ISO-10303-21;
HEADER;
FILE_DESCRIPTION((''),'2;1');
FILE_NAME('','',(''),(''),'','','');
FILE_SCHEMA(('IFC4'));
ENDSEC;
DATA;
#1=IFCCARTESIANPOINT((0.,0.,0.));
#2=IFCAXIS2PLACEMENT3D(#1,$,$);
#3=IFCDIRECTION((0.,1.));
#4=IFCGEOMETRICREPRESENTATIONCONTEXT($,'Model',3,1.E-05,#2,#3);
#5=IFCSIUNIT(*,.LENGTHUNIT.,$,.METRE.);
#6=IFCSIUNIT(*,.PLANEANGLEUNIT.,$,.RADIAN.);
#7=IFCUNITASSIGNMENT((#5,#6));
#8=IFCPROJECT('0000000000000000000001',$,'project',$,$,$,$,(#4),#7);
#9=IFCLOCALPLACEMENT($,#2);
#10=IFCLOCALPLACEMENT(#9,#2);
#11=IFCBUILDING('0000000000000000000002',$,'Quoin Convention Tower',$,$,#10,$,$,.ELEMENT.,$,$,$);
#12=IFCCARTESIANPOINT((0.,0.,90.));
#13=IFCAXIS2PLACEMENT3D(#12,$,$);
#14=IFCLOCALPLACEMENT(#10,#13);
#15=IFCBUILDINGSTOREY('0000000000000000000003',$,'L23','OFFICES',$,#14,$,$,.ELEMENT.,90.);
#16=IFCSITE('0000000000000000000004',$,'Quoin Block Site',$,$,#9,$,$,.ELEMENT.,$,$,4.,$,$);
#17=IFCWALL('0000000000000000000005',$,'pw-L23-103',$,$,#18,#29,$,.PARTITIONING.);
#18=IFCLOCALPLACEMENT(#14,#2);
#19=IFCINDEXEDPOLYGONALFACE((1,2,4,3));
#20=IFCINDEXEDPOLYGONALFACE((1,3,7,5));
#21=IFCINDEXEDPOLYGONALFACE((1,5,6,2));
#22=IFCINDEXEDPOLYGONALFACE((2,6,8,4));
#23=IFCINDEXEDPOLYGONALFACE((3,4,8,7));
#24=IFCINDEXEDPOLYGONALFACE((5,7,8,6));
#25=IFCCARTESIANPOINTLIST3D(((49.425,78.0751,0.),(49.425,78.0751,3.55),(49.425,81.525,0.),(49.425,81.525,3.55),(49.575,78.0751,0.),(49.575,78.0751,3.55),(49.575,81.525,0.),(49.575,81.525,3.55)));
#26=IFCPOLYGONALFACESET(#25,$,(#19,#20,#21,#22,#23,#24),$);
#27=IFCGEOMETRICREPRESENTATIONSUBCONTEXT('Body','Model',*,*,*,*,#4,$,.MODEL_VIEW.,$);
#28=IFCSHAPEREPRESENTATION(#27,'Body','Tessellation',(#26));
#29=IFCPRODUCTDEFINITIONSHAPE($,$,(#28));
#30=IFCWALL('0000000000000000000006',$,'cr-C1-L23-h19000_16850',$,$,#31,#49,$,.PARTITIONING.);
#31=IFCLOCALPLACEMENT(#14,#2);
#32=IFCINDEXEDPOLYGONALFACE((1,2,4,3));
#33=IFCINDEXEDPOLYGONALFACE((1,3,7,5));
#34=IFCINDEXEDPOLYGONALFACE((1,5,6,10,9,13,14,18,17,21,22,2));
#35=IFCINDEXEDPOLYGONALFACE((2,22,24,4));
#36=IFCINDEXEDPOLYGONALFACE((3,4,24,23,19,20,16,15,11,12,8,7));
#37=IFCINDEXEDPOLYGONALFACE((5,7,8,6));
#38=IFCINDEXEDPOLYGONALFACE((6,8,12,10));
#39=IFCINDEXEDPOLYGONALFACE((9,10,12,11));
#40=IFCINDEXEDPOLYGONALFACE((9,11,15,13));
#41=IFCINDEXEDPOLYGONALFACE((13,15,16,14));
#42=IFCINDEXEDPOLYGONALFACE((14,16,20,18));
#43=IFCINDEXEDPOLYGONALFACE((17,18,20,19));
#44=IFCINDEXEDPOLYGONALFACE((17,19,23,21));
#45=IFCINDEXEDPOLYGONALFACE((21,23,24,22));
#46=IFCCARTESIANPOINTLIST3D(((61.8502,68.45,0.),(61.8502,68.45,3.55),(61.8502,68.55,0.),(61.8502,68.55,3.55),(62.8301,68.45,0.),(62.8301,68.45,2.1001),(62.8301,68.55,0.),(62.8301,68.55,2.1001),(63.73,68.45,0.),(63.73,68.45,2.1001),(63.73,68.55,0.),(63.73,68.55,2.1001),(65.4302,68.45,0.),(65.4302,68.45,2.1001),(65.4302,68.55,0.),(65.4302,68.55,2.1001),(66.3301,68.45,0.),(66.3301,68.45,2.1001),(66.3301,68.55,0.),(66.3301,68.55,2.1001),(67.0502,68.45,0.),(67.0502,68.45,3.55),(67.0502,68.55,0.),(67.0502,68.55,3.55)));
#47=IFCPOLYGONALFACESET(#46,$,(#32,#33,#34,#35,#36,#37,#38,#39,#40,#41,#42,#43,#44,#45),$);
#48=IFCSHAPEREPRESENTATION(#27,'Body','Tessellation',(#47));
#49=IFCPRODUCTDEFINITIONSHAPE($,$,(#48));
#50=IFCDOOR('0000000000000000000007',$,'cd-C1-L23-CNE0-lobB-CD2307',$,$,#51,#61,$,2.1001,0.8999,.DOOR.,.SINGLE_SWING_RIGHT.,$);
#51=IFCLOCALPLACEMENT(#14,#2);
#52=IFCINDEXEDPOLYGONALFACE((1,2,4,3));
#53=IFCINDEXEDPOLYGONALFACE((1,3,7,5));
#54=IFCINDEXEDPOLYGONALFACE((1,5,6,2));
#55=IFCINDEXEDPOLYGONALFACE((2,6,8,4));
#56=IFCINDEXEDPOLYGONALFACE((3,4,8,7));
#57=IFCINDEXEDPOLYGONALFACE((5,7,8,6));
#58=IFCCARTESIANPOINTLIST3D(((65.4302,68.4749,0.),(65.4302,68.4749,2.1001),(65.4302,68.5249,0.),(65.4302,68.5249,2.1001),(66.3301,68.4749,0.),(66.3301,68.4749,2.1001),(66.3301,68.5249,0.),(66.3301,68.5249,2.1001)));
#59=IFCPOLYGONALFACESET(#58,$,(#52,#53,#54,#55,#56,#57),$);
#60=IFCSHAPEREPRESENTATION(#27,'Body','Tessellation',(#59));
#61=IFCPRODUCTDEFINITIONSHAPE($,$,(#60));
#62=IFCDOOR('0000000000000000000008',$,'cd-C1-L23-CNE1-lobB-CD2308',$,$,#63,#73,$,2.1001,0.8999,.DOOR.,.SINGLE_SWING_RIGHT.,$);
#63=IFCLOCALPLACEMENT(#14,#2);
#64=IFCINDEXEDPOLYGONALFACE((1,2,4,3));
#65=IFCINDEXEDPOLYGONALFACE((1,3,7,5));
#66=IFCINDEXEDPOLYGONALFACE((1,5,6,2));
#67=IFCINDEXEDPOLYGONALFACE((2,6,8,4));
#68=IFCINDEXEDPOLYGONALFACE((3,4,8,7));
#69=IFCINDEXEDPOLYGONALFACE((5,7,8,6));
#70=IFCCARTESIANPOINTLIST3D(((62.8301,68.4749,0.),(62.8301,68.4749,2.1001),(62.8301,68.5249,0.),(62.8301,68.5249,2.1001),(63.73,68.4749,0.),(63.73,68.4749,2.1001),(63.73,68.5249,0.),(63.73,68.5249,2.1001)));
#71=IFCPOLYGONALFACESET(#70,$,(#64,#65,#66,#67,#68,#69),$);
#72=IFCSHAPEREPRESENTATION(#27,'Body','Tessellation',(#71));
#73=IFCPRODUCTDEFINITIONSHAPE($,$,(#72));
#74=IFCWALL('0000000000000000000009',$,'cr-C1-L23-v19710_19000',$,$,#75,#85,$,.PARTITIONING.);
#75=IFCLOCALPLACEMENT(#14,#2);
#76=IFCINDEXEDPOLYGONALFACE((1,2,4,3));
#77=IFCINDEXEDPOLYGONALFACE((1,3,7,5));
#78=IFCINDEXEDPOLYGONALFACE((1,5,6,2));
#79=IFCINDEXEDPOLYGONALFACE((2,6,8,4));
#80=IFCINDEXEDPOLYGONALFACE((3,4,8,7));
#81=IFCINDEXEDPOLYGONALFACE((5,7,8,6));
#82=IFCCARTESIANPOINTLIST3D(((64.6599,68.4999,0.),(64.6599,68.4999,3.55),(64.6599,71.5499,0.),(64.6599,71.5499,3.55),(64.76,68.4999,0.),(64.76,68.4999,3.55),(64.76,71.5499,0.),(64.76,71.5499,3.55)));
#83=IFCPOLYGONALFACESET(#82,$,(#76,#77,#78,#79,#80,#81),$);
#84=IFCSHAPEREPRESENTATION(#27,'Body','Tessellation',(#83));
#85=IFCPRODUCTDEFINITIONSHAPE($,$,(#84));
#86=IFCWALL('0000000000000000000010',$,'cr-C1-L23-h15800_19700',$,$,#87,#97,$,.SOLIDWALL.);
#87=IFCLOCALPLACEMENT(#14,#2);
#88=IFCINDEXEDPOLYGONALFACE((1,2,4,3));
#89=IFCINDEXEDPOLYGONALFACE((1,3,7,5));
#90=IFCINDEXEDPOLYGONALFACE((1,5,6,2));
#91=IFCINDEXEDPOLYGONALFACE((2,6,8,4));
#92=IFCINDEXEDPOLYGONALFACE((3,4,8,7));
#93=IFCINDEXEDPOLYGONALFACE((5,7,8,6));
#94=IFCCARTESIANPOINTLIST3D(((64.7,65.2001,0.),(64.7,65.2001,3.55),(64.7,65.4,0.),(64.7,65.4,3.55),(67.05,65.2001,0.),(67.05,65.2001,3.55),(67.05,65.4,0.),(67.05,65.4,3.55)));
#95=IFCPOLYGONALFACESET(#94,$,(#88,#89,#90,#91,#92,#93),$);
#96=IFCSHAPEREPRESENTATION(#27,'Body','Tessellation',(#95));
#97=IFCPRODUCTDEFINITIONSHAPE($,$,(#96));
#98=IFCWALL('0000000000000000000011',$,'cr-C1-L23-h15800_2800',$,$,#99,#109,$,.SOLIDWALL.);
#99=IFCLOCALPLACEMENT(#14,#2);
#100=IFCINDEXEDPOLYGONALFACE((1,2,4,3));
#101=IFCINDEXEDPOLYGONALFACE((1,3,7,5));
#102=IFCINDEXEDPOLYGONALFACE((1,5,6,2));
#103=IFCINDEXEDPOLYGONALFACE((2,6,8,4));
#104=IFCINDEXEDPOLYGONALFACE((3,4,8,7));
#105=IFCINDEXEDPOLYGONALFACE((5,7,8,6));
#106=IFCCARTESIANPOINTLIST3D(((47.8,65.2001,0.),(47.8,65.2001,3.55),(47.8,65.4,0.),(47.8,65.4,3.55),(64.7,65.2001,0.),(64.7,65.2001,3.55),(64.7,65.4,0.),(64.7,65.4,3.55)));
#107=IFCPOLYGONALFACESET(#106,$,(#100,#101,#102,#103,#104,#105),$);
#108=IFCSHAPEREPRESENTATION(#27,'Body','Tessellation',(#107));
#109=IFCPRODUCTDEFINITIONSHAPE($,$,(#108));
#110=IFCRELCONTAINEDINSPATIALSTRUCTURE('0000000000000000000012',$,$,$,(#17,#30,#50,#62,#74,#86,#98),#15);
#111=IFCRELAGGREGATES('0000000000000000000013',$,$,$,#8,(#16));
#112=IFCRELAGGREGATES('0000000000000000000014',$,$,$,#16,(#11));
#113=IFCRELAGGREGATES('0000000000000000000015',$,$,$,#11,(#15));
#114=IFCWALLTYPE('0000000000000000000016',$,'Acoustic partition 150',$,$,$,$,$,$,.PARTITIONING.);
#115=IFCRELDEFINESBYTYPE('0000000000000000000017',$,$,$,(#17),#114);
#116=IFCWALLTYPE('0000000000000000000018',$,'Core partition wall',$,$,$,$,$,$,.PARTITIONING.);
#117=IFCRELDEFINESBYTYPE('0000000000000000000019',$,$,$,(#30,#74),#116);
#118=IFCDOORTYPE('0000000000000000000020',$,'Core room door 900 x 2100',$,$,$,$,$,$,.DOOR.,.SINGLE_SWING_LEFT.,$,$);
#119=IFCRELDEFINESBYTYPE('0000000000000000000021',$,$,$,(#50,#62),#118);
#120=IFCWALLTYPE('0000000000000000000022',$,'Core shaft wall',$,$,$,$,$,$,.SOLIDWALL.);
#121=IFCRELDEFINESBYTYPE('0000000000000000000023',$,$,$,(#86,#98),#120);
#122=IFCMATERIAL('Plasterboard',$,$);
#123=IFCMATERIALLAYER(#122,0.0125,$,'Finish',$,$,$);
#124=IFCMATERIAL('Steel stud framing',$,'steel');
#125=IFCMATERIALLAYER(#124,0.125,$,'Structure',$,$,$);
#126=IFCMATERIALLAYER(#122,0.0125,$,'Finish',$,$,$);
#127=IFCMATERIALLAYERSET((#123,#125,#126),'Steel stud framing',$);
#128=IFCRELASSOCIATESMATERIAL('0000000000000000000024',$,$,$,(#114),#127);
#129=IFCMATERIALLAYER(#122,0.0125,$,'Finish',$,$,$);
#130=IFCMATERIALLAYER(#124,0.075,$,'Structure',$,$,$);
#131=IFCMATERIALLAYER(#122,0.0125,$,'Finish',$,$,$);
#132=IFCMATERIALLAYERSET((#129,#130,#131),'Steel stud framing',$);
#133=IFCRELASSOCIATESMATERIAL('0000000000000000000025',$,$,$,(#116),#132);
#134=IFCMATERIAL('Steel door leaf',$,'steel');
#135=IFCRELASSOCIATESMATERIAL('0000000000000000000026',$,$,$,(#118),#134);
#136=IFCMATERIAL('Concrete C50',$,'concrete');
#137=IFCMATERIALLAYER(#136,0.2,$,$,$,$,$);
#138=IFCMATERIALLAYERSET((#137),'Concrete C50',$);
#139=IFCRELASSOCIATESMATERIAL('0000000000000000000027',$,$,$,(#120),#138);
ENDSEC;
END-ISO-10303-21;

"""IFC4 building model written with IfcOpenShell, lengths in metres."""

from ifc_helpers import new_model, si_unit, direction, frame, frame_2d, origin, place, context, subcontext, project, spatial, rectangle, extrude, material, layer, layer_set, type_object, element, fill, save


model = new_model("IFC4")

# Units and contexts
model_context = context("Model", 3, precision=1e-05, world=origin(), true_north=direction((0.0, 1.0)))
body_context = subcontext(model_context, "Body", "Model", "MODEL_VIEW")
ifc_project = project(units=[si_unit("LENGTHUNIT", "METRE"), si_unit("PLANEANGLEUNIT", "RADIAN")], contexts=[model_context])

# Site, building, storey
site_placement = place(None, origin())
site = spatial("IfcSite", under=ifc_project, at=site_placement, Name="Quoin Block Site", CompositionType="ELEMENT", RefElevation=4.0)
building_placement = place(site_placement, origin())
building = spatial("IfcBuilding", under=site, at=building_placement, Name="Quoin Convention Tower", CompositionType="ELEMENT")
storey_placement = place(building_placement, frame((0.0, 0.0, 90.0)))
storey = spatial("IfcBuildingStorey", under=building, at=storey_placement, Name="L23", Description="OFFICES", CompositionType="ELEMENT", Elevation=90.0)

# Wall
ifc_material_1 = material(Name="Plasterboard")
ifc_layer_1 = layer(ifc_material_1, 0.0125, Name="Finish")
ifc_material_2 = material(Name="Steel stud framing", Category="steel")
ifc_layer_2 = layer(ifc_material_2, 0.125, Name="Structure")
ifc_layer_3 = layer(ifc_material_1, 0.0125, Name="Finish")
ifc_layer_set_1 = layer_set([ifc_layer_1, ifc_layer_2, ifc_layer_3], Name="Steel stud framing")
wall_type_1 = type_object("IfcWallType", Name="Acoustic partition 150", PredefinedType="PARTITIONING", material=ifc_layer_set_1)
wall_1_placement = place(storey_placement, frame((49.5, 78.075, 0.0), z_axis=(0.0, 0.0, 1.0), x_axis=(0.0, 1.0, 0.0)))
element("IfcWall", 1, at=wall_1_placement, inside=storey, type_object=wall_type_1, Name="pw-L23-103", PredefinedType="PARTITIONING", context=body_context, shape_type="SweptSolid", body=[
    extrude(rectangle(XDim=3.45, YDim=0.1499, at=frame_2d((1.7251, 0.0))), origin(), (0.0, 0.0, 1.0), 3.55),
])

# Wall, openings, doors
ifc_layer_4 = layer(ifc_material_1, 0.0125, Name="Finish")
ifc_layer_5 = layer(ifc_material_2, 0.075, Name="Structure")
ifc_layer_6 = layer(ifc_material_1, 0.0125, Name="Finish")
ifc_layer_set_2 = layer_set([ifc_layer_4, ifc_layer_5, ifc_layer_6], Name="Steel stud framing")
wall_type_2 = type_object("IfcWallType", Name="Core partition wall", PredefinedType="PARTITIONING", material=ifc_layer_set_2)
wall_2_placement = place(storey_placement, frame((61.8501, 68.5, 0.0), z_axis=(0.0, 0.0, 1.0), x_axis=(1.0, 0.0, 0.0)))
wall_2 = element("IfcWall", 2, at=wall_2_placement, inside=storey, type_object=wall_type_2, Name="cr-C1-L23-h19000_16850", PredefinedType="PARTITIONING", context=body_context, shape_type="SweptSolid", body=[
    extrude(rectangle(XDim=5.2, YDim=0.1001, at=frame_2d((2.6001, 0.0))), origin(), (0.0, 0.0, 1.0), 3.55),
])
opening_1_placement = place(wall_2_placement, frame((3.5801, 0.0, 0.0)))
opening_1 = element("IfcOpeningElement", 3, at=opening_1_placement, cuts=wall_2, PredefinedType="OPENING", context=body_context, shape_type="SweptSolid", body=[
    extrude(rectangle(XDim=0.8999, YDim=2.1001, at=frame_2d((0.45, 1.05))), frame((0.0, 0.0601, 0.0), z_axis=(0.0, -1.0, 0.0), x_axis=(1.0, 0.0, 0.0)), (0.0, 0.0, 1.0), 0.1201),
])
opening_2_placement = place(wall_2_placement, frame((0.98, 0.0, 0.0)))
opening_2 = element("IfcOpeningElement", 4, at=opening_2_placement, cuts=wall_2, PredefinedType="OPENING", context=body_context, shape_type="SweptSolid", body=[
    extrude(rectangle(XDim=0.8999, YDim=2.1001, at=frame_2d((0.45, 1.05))), frame((0.0, 0.0601, 0.0), z_axis=(0.0, -1.0, 0.0), x_axis=(1.0, 0.0, 0.0)), (0.0, 0.0, 1.0), 0.1201),
])
ifc_material_3 = material(Name="Steel door leaf", Category="steel")
door_type_1 = type_object("IfcDoorType", Name="Core room door 900 x 2100", OperationType="SINGLE_SWING_LEFT", PredefinedType="DOOR", material=ifc_material_3)
door_1_placement = place(opening_1_placement, origin())
door_1 = element("IfcDoor", 5, at=door_1_placement, inside=storey, type_object=door_type_1, Name="cd-C1-L23-CNE0-lobB-CD2307", OperationType="SINGLE_SWING_RIGHT", OverallHeight=2.1001, OverallWidth=0.8999, PredefinedType="DOOR", context=body_context, shape_type="SweptSolid", body=[
    extrude(rectangle(XDim=0.8999, YDim=2.1001, at=frame_2d((0.45, 1.05))), frame((0.0, 0.0249, 0.0), z_axis=(0.0, -1.0, 0.0), x_axis=(1.0, 0.0, 0.0)), (0.0, 0.0, 1.0), 0.05),
])
fill(opening_1, door_1)
door_2_placement = place(opening_2_placement, origin())
door_2 = element("IfcDoor", 6, at=door_2_placement, inside=storey, type_object=door_type_1, Name="cd-C1-L23-CNE1-lobB-CD2308", OperationType="SINGLE_SWING_RIGHT", OverallHeight=2.1001, OverallWidth=0.8999, PredefinedType="DOOR", context=body_context, shape_type="SweptSolid", body=[
    extrude(rectangle(XDim=0.8999, YDim=2.1001, at=frame_2d((0.45, 1.05))), frame((0.0, 0.0249, 0.0), z_axis=(0.0, -1.0, 0.0), x_axis=(1.0, 0.0, 0.0)), (0.0, 0.0, 1.0), 0.05),
])
fill(opening_2, door_2)

# Walls
wall_3_placement = place(storey_placement, frame((64.71, 68.5, 0.0), z_axis=(0.0, 0.0, 1.0), x_axis=(0.0, 1.0, 0.0)))
element("IfcWall", 7, at=wall_3_placement, inside=storey, type_object=wall_type_2, Name="cr-C1-L23-v19710_19000", PredefinedType="PARTITIONING", context=body_context, shape_type="SweptSolid", body=[
    extrude(rectangle(XDim=3.05, YDim=0.1001, at=frame_2d((1.5249, 0.0))), origin(), (0.0, 0.0, 1.0), 3.55),
])
ifc_material_4 = material(Name="Concrete C50", Category="concrete")
ifc_layer_7 = layer(ifc_material_4, 0.2)
ifc_layer_set_3 = layer_set([ifc_layer_7], Name="Concrete C50")
wall_type_3 = type_object("IfcWallType", Name="Core shaft wall", PredefinedType="SOLIDWALL", material=ifc_layer_set_3)
wall_4_placement = place(storey_placement, frame((64.7, 65.3, 0.0), z_axis=(0.0, 0.0, 1.0), x_axis=(1.0, 0.0, 0.0)))
element("IfcWall", 8, at=wall_4_placement, inside=storey, type_object=wall_type_3, Name="cr-C1-L23-h15800_19700", PredefinedType="SOLIDWALL", context=body_context, shape_type="SweptSolid", body=[
    extrude(rectangle(XDim=2.3501, YDim=0.2, at=frame_2d((1.175, 0.0))), origin(), (0.0, 0.0, 1.0), 3.55),
])
wall_5_placement = place(storey_placement, frame((47.8, 65.3, 0.0), z_axis=(0.0, 0.0, 1.0), x_axis=(1.0, 0.0, 0.0)))
element("IfcWall", 9, at=wall_5_placement, inside=storey, type_object=wall_type_3, Name="cr-C1-L23-h15800_2800", PredefinedType="SOLIDWALL", context=body_context, shape_type="SweptSolid", body=[
    extrude(rectangle(XDim=16.8999, YDim=0.2, at=frame_2d((8.45, 0.0))), origin(), (0.0, 0.0, 1.0), 3.55),
])

save(model, "model.ifc")
